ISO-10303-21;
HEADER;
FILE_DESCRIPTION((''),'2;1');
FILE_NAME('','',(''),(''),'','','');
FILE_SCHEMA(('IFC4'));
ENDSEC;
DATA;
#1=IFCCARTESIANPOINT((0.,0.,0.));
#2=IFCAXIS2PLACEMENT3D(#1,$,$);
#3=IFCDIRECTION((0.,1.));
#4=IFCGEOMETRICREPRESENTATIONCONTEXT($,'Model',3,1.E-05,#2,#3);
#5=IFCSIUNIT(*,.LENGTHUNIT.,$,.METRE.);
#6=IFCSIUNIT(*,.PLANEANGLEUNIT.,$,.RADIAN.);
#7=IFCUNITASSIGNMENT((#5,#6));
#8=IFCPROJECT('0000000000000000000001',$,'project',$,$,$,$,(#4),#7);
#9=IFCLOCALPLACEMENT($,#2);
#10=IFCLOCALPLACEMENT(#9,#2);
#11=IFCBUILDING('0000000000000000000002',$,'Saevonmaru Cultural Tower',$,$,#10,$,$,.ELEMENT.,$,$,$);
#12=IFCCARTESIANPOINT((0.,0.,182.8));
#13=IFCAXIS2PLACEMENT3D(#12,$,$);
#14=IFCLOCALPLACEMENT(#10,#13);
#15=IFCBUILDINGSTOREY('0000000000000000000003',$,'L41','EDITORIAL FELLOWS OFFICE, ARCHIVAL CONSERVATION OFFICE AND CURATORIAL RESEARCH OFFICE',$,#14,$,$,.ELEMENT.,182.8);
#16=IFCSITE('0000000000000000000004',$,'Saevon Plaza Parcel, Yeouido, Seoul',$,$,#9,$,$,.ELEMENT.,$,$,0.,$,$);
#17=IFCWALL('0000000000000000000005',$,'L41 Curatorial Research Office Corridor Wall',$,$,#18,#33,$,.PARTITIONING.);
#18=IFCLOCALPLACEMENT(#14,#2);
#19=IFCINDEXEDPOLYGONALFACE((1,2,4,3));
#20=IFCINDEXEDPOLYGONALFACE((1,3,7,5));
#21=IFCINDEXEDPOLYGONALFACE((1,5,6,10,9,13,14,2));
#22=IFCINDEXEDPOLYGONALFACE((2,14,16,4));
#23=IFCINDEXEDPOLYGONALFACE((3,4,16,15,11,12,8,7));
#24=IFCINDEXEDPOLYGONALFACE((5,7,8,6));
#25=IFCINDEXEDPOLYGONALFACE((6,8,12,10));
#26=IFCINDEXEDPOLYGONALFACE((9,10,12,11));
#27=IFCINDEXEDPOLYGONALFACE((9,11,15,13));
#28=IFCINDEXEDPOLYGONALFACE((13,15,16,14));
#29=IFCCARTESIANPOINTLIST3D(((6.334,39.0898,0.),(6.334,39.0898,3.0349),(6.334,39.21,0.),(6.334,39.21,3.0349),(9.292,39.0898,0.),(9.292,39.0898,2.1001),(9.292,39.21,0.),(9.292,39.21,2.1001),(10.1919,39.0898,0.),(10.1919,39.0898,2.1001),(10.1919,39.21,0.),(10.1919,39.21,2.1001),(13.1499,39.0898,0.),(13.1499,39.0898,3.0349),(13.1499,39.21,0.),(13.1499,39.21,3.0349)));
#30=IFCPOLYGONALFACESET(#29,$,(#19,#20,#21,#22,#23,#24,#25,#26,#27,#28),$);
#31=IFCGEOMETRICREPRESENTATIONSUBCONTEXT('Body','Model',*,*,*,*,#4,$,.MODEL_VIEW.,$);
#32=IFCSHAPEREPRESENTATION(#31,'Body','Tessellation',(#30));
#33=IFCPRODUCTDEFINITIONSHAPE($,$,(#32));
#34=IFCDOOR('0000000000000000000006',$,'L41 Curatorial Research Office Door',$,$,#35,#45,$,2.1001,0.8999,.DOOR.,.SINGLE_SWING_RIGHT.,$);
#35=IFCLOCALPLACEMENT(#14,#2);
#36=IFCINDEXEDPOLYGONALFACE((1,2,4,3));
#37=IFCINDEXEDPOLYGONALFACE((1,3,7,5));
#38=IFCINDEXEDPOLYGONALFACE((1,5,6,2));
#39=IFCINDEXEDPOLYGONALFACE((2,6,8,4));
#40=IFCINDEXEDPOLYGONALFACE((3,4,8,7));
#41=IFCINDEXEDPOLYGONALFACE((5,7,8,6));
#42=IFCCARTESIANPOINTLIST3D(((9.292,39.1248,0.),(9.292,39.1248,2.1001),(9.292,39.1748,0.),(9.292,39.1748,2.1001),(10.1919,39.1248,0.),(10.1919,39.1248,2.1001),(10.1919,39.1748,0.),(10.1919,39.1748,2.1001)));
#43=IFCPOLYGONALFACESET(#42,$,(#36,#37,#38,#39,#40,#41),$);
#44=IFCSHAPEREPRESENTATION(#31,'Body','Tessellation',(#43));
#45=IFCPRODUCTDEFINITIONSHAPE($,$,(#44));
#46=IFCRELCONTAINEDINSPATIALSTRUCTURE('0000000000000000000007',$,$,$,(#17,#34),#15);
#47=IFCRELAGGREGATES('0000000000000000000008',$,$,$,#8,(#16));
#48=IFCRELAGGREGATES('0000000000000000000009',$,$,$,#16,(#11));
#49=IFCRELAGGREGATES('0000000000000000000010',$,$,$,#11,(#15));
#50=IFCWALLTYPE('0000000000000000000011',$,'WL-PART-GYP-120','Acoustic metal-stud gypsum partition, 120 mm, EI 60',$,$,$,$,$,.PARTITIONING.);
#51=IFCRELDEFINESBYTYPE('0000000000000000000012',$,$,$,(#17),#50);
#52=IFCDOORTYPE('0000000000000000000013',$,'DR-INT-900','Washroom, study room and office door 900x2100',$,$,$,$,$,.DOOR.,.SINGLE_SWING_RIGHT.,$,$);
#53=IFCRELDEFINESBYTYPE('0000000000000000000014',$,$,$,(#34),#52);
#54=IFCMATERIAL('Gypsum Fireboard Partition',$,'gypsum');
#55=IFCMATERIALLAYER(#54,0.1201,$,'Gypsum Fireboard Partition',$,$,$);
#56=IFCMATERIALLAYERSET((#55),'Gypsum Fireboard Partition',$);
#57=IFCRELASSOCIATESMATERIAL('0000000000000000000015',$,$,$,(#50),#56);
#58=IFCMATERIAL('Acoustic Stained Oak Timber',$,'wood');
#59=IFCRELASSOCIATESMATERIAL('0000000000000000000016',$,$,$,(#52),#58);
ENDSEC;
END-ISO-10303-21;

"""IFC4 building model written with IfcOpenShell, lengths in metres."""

from ifc_helpers import new_model, si_unit, direction, frame, frame_2d, origin, place, context, subcontext, project, spatial, rectangle, extrude, material, layer, layer_set, type_object, element, fill, save


model = new_model("IFC4")

# Units and contexts
model_context = context("Model", 3, precision=1e-05, world=origin(), true_north=direction((0.0, 1.0)))
body_context = subcontext(model_context, "Body", "Model", "MODEL_VIEW")
ifc_project = project(units=[si_unit("LENGTHUNIT", "METRE"), si_unit("PLANEANGLEUNIT", "RADIAN")], contexts=[model_context])

# Site, building, storey
site_placement = place(None, origin())
site = spatial("IfcSite", under=ifc_project, at=site_placement, Name="Saevon Plaza Parcel, Yeouido, Seoul", CompositionType="ELEMENT", RefElevation=0.0)
building_placement = place(site_placement, origin())
building = spatial("IfcBuilding", under=site, at=building_placement, Name="Saevonmaru Cultural Tower", CompositionType="ELEMENT")
storey_placement = place(building_placement, frame((0.0, 0.0, 182.8)))
storey = spatial("IfcBuildingStorey", under=building, at=storey_placement, Name="L41", Description="EDITORIAL FELLOWS OFFICE, ARCHIVAL CONSERVATION OFFICE AND CURATORIAL RESEARCH OFFICE", CompositionType="ELEMENT", Elevation=182.8)

# Shared definitions
ifc_material_1 = material(Name="Gypsum Fireboard Partition", Category="gypsum")
ifc_layer_1 = layer(ifc_material_1, 0.1201, Name="Gypsum Fireboard Partition")
ifc_layer_set_1 = layer_set([ifc_layer_1], Name="Gypsum Fireboard Partition")
wall_type = type_object("IfcWallType", Name="WL-PART-GYP-120", Description="Acoustic metal-stud gypsum partition, 120 mm, EI 60", PredefinedType="PARTITIONING", material=ifc_layer_set_1)

# Wall, opening, door
ifc_material_2 = material(Name="Acoustic Stained Oak Timber", Category="wood")
door_type = type_object("IfcDoorType", Name="DR-INT-900", Description="Washroom, study room and office door 900x2100", OperationType="SINGLE_SWING_RIGHT", PredefinedType="DOOR", material=ifc_material_2)
wall_1_placement = place(storey_placement, frame((6.334, 39.1499, 0.0), z_axis=(0.0, 0.0, 1.0), x_axis=(1.0, 0.0, 0.0)))
wall_1 = element("IfcWall", 1, at=wall_1_placement, inside=storey, type_object=wall_type, Name="L41 Curatorial Research Office Corridor Wall", PredefinedType="PARTITIONING", context=body_context, shape_type="SweptSolid", body=[
    extrude(rectangle(XDim=6.8159, YDim=0.1201, at=frame_2d((3.408, 0.0))), origin(), (0.0, 0.0, 1.0), 3.0349),
])
opening_1_placement = place(wall_1_placement, frame((2.958, 0.0, 0.0)))
opening_1 = element("IfcOpeningElement", 2, at=opening_1_placement, cuts=wall_1, PredefinedType="OPENING", context=body_context, shape_type="SweptSolid", body=[
    extrude(rectangle(XDim=0.8999, YDim=2.1001, at=frame_2d((0.45, 1.05))), frame((0.0, 0.0701, 0.0), z_axis=(0.0, -1.0, 0.0), x_axis=(1.0, 0.0, 0.0)), (0.0, 0.0, 1.0), 0.1401),
])
door_1_placement = place(opening_1_placement, origin())
door_1 = element("IfcDoor", 3, at=door_1_placement, inside=storey, type_object=door_type, Name="L41 Curatorial Research Office Door", OperationType="SINGLE_SWING_RIGHT", OverallHeight=2.1001, OverallWidth=0.8999, PredefinedType="DOOR", context=body_context, shape_type="SweptSolid", body=[
    extrude(rectangle(XDim=0.8999, YDim=2.1001, at=frame_2d((0.45, 1.05))), frame((0.0, 0.0249, 0.0), z_axis=(0.0, -1.0, 0.0), x_axis=(1.0, 0.0, 0.0)), (0.0, 0.0, 1.0), 0.05),
])
fill(opening_1, door_1)

save(model, "model.ifc")
